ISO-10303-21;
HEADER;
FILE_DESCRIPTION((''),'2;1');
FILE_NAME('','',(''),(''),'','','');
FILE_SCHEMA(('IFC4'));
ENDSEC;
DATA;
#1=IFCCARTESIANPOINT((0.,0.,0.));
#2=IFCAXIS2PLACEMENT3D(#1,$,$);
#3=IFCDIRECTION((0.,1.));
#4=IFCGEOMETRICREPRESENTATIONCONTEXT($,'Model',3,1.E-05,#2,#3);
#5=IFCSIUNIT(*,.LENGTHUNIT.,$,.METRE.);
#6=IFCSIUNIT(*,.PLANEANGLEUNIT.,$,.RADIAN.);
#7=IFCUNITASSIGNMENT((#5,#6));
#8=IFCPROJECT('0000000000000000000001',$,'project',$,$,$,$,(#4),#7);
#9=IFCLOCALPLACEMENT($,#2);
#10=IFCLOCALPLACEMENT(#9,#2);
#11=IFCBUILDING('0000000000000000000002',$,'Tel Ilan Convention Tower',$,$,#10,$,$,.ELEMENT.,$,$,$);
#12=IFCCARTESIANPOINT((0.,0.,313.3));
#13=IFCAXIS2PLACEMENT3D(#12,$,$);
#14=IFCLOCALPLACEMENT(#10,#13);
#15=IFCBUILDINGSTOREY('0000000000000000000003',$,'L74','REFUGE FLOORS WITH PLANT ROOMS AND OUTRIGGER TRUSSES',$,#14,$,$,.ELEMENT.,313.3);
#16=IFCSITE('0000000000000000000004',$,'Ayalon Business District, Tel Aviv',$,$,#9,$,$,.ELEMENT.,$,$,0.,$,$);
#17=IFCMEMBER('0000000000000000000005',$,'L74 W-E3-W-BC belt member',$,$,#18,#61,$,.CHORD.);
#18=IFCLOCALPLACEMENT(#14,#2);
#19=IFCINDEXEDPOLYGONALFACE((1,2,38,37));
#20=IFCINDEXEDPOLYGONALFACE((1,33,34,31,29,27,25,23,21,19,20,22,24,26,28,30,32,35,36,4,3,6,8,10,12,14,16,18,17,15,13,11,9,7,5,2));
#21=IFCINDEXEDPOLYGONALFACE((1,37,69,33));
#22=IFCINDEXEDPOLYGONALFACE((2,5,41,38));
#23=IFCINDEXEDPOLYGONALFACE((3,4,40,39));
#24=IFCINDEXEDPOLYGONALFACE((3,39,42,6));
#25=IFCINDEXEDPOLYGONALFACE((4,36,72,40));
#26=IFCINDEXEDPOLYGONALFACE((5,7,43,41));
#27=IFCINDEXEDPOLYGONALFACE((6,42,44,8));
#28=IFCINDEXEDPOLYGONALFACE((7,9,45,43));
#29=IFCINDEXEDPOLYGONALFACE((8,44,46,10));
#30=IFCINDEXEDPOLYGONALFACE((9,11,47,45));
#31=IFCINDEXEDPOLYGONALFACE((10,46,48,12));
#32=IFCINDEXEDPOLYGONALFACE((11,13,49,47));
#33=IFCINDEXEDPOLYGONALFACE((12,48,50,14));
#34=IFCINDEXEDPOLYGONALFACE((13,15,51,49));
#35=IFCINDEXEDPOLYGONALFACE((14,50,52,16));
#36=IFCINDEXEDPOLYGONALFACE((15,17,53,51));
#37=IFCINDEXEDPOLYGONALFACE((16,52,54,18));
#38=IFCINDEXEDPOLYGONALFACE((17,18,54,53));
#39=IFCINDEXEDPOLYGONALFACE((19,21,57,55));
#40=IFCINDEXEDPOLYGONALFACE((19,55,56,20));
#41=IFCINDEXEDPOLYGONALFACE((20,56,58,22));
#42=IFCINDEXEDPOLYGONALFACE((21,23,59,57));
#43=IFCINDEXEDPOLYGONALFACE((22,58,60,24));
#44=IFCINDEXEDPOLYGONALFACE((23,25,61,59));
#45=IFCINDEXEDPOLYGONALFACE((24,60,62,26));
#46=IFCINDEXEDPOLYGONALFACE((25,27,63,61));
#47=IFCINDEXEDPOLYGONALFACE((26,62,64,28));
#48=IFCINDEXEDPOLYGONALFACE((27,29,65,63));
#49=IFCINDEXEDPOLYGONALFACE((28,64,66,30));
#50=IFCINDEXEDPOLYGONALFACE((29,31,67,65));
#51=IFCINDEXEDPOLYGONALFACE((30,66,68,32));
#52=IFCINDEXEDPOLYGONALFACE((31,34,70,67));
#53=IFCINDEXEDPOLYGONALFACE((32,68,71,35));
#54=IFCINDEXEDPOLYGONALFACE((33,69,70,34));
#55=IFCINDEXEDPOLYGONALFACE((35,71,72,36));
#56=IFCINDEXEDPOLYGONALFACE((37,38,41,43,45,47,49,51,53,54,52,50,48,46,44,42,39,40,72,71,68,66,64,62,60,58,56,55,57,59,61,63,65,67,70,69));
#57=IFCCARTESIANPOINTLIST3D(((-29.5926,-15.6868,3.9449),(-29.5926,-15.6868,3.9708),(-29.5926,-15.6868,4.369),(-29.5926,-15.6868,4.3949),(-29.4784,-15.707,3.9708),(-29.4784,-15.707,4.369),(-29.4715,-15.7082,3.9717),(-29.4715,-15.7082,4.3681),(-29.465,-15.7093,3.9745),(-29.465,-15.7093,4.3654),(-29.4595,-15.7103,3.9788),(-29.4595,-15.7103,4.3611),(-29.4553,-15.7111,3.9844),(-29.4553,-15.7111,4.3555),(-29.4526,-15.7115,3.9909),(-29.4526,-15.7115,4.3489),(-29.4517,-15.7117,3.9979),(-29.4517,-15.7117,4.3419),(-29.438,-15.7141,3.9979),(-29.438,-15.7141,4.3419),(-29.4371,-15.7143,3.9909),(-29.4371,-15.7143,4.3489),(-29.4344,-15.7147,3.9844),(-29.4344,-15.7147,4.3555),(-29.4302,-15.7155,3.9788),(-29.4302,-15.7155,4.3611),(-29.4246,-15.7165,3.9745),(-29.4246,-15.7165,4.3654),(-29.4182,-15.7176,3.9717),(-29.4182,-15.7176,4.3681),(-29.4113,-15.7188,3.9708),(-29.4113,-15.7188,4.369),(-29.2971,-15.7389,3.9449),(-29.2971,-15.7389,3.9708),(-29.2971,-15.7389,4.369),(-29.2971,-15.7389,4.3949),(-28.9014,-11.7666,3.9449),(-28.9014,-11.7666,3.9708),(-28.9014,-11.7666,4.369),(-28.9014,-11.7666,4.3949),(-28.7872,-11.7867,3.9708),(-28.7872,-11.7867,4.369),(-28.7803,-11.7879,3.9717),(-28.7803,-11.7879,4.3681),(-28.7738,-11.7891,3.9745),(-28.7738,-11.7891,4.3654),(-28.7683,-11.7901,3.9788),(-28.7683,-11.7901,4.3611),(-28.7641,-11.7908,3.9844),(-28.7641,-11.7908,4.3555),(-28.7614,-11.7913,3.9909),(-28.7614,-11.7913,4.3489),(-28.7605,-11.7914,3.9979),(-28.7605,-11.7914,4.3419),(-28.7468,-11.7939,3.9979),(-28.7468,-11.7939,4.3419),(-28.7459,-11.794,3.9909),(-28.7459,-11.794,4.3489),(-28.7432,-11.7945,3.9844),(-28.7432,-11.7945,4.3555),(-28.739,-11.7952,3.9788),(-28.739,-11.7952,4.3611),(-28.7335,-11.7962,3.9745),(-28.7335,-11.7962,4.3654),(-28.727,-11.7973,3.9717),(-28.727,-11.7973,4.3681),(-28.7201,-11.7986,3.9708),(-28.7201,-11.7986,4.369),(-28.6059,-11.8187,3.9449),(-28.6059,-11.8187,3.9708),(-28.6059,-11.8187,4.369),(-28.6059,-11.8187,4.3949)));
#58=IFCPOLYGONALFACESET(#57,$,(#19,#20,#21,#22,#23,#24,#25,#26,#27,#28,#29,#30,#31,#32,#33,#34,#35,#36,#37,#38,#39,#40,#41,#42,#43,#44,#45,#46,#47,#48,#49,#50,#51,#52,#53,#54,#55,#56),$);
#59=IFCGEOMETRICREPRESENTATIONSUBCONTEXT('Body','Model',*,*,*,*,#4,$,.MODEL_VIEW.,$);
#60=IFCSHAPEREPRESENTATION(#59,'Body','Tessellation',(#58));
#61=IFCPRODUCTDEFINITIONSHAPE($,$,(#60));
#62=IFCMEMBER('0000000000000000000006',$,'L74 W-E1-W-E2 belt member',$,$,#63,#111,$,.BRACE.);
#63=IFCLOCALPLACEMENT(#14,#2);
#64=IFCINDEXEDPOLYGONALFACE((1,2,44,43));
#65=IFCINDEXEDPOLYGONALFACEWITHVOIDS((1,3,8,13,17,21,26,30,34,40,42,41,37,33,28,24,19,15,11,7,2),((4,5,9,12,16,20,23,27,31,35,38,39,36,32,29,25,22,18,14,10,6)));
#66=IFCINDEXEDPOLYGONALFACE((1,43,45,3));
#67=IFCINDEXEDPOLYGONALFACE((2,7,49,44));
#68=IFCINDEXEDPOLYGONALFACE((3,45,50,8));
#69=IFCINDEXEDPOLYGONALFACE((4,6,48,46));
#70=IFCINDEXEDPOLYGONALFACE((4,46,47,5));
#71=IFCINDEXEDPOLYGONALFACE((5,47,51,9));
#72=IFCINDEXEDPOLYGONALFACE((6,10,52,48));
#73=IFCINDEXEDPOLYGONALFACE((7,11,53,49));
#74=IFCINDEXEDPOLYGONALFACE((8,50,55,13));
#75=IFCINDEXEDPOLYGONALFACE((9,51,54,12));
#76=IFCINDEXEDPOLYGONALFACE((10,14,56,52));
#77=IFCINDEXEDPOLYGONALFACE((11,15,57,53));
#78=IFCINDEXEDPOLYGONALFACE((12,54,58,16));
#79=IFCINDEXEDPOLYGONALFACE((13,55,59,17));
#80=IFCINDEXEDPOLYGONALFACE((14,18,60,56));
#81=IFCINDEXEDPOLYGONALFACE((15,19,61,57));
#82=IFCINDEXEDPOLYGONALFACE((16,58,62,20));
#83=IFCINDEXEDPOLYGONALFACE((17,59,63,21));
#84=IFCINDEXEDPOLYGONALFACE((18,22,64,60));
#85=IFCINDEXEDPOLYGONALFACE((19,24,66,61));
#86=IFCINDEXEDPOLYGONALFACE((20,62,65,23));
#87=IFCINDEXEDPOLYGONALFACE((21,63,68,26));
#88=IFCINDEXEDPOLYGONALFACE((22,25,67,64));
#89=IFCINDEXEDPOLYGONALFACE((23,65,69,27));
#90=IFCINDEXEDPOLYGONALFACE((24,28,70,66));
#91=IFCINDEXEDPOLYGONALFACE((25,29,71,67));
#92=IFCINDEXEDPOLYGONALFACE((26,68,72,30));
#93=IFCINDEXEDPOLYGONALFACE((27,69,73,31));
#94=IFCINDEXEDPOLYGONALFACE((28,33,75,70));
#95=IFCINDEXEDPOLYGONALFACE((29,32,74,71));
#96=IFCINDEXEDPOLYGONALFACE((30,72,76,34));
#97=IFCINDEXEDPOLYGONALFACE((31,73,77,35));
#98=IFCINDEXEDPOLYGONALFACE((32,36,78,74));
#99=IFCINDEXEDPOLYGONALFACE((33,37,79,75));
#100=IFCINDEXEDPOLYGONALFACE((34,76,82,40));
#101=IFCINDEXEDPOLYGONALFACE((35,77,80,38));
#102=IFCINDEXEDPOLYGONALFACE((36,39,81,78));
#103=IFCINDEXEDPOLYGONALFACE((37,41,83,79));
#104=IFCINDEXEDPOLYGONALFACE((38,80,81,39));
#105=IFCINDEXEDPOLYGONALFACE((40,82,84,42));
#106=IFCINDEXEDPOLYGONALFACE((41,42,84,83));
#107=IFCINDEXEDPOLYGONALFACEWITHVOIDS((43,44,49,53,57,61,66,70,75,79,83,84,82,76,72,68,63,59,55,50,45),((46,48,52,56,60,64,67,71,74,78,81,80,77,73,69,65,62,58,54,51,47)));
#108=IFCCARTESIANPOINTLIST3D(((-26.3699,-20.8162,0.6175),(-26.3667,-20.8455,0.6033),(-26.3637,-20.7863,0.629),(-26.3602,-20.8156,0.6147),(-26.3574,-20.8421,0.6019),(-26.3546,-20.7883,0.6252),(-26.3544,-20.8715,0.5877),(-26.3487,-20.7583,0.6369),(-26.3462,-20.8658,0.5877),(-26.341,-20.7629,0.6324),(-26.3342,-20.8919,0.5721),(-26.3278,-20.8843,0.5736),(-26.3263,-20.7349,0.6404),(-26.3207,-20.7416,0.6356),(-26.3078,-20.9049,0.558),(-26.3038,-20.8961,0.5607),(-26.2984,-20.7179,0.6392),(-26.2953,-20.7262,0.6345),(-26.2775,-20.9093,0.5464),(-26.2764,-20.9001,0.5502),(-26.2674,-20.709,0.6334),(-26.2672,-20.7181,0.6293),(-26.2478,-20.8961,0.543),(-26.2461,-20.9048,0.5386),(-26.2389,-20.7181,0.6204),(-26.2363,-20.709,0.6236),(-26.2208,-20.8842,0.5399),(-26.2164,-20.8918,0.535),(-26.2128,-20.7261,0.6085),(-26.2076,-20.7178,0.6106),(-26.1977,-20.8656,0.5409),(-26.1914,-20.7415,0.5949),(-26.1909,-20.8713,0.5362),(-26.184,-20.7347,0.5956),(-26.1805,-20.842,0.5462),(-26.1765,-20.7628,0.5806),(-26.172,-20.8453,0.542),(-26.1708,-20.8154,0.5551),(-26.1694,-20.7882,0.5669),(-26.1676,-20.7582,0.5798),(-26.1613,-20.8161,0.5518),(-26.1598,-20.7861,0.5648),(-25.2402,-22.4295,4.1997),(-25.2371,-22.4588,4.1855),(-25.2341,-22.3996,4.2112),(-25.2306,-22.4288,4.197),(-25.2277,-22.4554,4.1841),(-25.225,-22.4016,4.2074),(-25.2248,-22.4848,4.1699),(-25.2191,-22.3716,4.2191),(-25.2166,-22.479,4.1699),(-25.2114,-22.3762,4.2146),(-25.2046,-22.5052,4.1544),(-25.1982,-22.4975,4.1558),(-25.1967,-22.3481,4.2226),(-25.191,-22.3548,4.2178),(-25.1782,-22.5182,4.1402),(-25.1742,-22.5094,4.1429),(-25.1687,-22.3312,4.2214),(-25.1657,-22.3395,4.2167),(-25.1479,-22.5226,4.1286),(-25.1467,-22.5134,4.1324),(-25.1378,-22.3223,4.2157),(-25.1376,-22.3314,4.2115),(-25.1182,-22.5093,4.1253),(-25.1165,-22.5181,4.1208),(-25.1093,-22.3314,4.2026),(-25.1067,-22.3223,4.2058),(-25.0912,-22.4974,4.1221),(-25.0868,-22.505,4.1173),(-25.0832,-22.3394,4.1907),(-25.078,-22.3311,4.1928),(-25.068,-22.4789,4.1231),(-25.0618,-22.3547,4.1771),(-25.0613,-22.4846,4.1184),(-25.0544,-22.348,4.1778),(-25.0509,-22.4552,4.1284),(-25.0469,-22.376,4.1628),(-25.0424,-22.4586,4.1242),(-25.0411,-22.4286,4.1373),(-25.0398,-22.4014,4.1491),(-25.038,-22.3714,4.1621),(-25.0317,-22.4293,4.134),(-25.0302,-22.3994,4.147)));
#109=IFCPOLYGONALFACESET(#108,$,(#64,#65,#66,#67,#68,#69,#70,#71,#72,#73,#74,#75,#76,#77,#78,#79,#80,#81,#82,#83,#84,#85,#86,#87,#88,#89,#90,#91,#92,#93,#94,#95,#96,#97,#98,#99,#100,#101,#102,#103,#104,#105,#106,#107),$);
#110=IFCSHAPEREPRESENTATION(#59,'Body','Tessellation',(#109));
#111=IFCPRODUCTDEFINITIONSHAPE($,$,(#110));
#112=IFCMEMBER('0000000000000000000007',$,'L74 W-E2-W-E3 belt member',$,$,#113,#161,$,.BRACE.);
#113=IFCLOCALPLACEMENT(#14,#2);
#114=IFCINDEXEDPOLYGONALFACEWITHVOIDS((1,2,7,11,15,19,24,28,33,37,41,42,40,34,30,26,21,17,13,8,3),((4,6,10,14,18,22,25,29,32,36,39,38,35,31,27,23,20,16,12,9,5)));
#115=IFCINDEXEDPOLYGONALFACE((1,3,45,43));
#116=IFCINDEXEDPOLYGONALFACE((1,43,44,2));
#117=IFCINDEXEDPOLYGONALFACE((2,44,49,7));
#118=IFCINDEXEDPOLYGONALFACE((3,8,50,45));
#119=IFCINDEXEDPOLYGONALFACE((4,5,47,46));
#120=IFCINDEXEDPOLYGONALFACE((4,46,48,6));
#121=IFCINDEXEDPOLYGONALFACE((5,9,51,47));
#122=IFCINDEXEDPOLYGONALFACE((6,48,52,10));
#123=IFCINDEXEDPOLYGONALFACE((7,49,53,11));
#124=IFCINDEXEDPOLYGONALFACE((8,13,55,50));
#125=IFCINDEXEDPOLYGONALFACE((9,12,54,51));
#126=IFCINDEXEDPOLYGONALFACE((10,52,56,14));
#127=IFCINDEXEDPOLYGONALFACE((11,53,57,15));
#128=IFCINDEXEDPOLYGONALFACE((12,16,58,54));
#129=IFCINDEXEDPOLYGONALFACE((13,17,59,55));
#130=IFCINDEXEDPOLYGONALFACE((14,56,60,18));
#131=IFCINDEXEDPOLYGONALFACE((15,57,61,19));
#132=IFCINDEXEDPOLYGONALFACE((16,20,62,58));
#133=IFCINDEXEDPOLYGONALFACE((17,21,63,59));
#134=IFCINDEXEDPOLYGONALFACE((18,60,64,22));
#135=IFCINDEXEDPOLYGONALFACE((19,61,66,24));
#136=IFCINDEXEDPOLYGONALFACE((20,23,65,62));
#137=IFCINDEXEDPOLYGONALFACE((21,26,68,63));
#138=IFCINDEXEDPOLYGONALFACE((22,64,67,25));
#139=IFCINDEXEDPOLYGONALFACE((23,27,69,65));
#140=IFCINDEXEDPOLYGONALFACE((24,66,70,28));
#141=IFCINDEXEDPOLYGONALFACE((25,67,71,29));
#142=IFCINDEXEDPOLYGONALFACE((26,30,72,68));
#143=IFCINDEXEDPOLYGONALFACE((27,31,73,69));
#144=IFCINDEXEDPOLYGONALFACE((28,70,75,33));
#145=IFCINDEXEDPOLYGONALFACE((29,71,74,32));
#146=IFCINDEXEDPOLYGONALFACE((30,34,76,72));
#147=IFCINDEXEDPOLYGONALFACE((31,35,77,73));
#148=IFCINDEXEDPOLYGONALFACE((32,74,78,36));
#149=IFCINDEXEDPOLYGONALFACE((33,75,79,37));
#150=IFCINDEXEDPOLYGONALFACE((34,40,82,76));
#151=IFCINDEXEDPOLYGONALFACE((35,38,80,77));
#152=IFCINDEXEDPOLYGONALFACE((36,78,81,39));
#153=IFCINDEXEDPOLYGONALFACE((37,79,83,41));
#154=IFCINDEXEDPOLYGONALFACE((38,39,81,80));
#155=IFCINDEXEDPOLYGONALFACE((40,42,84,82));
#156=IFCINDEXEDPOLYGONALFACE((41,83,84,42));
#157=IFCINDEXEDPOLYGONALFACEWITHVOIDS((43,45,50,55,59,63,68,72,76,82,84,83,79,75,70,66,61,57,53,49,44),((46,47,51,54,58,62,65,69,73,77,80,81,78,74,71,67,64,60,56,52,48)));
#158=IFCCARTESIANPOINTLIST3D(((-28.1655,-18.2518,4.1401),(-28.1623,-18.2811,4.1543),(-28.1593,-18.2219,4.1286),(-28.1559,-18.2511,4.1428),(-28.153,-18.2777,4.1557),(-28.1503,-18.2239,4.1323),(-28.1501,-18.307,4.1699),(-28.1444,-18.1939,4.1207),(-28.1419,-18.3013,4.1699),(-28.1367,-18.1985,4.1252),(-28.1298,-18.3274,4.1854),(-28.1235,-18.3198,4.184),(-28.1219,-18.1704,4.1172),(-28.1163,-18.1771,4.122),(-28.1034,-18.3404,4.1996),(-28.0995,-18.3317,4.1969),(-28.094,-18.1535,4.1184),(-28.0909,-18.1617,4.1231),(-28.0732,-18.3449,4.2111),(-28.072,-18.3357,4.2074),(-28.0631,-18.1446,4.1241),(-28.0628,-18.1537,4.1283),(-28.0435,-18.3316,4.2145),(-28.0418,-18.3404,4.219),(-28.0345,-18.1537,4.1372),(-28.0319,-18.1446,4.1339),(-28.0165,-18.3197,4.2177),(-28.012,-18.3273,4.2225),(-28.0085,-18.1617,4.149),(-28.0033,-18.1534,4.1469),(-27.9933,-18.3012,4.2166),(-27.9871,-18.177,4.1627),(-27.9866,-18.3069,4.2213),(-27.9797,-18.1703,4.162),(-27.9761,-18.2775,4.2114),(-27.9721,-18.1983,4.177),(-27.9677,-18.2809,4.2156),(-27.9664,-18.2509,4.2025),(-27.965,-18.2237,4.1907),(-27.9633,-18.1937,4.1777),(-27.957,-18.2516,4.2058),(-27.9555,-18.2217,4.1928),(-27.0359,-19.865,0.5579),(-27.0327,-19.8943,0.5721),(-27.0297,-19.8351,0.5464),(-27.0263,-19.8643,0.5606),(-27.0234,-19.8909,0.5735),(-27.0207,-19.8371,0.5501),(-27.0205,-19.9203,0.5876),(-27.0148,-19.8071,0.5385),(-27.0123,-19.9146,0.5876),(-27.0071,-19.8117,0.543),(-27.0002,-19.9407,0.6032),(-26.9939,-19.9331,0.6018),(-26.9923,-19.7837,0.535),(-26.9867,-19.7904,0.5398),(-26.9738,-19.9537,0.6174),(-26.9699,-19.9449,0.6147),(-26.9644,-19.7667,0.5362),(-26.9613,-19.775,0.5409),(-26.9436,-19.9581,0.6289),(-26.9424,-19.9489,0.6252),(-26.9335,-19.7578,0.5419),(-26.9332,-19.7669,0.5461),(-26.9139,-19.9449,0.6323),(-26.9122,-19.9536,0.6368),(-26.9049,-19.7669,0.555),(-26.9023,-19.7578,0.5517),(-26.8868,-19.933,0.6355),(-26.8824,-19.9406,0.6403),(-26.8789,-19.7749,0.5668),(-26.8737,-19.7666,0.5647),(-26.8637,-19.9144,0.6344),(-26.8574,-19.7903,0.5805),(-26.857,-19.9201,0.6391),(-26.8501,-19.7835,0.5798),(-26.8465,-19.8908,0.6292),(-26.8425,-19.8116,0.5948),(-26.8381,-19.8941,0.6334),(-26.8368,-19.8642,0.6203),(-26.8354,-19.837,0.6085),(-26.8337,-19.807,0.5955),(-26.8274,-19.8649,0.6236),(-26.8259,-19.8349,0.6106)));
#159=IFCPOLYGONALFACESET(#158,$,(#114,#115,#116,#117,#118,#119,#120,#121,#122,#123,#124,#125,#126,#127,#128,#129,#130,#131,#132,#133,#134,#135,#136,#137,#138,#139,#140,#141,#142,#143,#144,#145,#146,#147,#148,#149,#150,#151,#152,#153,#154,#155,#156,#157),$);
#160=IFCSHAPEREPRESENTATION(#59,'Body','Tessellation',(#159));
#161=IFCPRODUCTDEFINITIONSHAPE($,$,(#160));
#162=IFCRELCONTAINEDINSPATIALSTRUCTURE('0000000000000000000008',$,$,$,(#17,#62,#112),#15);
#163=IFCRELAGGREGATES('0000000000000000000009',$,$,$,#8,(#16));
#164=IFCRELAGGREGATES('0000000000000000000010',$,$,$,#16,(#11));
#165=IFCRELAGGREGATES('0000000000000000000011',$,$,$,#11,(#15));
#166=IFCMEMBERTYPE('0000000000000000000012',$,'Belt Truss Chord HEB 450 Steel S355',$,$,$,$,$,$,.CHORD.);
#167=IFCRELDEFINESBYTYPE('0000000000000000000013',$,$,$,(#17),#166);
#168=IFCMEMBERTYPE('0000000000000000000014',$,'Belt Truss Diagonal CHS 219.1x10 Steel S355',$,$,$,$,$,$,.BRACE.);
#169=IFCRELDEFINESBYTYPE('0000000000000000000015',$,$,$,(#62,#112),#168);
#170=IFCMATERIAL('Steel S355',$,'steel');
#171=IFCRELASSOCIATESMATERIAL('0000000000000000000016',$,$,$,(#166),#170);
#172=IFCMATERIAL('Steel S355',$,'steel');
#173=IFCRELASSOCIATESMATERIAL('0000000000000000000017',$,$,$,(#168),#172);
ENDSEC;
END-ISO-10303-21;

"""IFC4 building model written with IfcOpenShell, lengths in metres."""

from ifc_helpers import new_model, si_unit, direction, frame, origin, origin_2d, place, context, subcontext, project, spatial, hollow_circle, i_section, extrude, material, material_profile, profile_set, type_object, element, save


model = new_model("IFC4")

# Units and contexts
model_context = context("Model", 3, precision=1e-05, world=origin(), true_north=direction((0.0, 1.0)))
body_context = subcontext(model_context, "Body", "Model", "MODEL_VIEW")
ifc_project = project(units=[si_unit("LENGTHUNIT", "METRE"), si_unit("PLANEANGLEUNIT", "RADIAN")], contexts=[model_context])

# Site, building, storey
site_placement = place(None, origin())
site = spatial("IfcSite", under=ifc_project, at=site_placement, Name="Ayalon Business District, Tel Aviv", CompositionType="ELEMENT", RefElevation=0.0)
building_placement = place(site_placement, origin())
building = spatial("IfcBuilding", under=site, at=building_placement, Name="Tel Ilan Convention Tower", CompositionType="ELEMENT")
storey_placement = place(building_placement, frame((0.0, 0.0, 313.3)))
storey = spatial("IfcBuildingStorey", under=building, at=storey_placement, Name="L74", Description="REFUGE FLOORS WITH PLANT ROOMS AND OUTRIGGER TRUSSES", CompositionType="ELEMENT", Elevation=313.3)

# Members
ifc_material_1 = material(Name="Steel S355", Category="steel")
ifc_material_profile_1 = material_profile(ifc_material_1, i_section(OverallWidth=0.3, OverallDepth=0.45, WebThickness=0.0139, FlangeThickness=0.0259, FilletRadius=0.0271, at=origin_2d()), Name="HEB 450")
ifc_profile_set_1 = profile_set([ifc_material_profile_1], Name="Steel S355")
member_type_1 = type_object("IfcMemberType", Name="Belt Truss Chord HEB 450 Steel S355", PredefinedType="CHORD", material=ifc_profile_set_1)
for number, where, z_axis, x_axis, name in (
    (1, (-29.4448, -15.7129, 4.1699), (0.173631, 0.984811, 0.0), (-0.984811, 0.173631, 0.0), "L74 W-E3-W-BC belt member"),
):
    element("IfcMember", number, at=place(storey_placement, frame(where, z_axis=z_axis, x_axis=x_axis)), inside=storey, type_object=member_type_1, Name=name, PredefinedType="CHORD", context=body_context, shape_type="SweptSolid", body=[
        extrude(i_section(OverallWidth=0.3, OverallDepth=0.45, WebThickness=0.0139, FlangeThickness=0.0259, FilletRadius=0.0271, at=origin_2d()), origin(), (0.0, 0.0, 1.0), 3.9807),
    ])
ifc_material_2 = material(Name="Steel S355", Category="steel")
ifc_material_profile_2 = material_profile(ifc_material_2, hollow_circle(Radius=0.1096, WallThickness=0.01, at=origin_2d()), Name="CHS 219.1x10")
ifc_profile_set_2 = profile_set([ifc_material_profile_2], Name="Steel S355")
member_type_2 = type_object("IfcMemberType", Name="Belt Truss Diagonal CHS 219.1x10 Steel S355", PredefinedType="BRACE", material=ifc_profile_set_2)
for number, where, z_axis, x_axis, name in (
    (2, (-25.135, -22.4219, 4.1699), (-0.276333, 0.394642, -0.876298), (-0.81915, -0.573579, 0.0), "L74 W-E1-W-E2 belt member"),
    (3, (-26.9307, -19.8574, 0.5876), (-0.276333, 0.394642, 0.876298), (-0.81915, -0.573579, 0.0), "L74 W-E2-W-E3 belt member"),
):
    element("IfcMember", number, at=place(storey_placement, frame(where, z_axis=z_axis, x_axis=x_axis)), inside=storey, type_object=member_type_2, Name=name, PredefinedType="BRACE", context=body_context, shape_type="SweptSolid", body=[
        extrude(hollow_circle(Radius=0.1096, WallThickness=0.01, at=origin_2d()), origin(), (0.0, 0.0, 1.0), 4.0879),
    ])

save(model, "model.ifc")
